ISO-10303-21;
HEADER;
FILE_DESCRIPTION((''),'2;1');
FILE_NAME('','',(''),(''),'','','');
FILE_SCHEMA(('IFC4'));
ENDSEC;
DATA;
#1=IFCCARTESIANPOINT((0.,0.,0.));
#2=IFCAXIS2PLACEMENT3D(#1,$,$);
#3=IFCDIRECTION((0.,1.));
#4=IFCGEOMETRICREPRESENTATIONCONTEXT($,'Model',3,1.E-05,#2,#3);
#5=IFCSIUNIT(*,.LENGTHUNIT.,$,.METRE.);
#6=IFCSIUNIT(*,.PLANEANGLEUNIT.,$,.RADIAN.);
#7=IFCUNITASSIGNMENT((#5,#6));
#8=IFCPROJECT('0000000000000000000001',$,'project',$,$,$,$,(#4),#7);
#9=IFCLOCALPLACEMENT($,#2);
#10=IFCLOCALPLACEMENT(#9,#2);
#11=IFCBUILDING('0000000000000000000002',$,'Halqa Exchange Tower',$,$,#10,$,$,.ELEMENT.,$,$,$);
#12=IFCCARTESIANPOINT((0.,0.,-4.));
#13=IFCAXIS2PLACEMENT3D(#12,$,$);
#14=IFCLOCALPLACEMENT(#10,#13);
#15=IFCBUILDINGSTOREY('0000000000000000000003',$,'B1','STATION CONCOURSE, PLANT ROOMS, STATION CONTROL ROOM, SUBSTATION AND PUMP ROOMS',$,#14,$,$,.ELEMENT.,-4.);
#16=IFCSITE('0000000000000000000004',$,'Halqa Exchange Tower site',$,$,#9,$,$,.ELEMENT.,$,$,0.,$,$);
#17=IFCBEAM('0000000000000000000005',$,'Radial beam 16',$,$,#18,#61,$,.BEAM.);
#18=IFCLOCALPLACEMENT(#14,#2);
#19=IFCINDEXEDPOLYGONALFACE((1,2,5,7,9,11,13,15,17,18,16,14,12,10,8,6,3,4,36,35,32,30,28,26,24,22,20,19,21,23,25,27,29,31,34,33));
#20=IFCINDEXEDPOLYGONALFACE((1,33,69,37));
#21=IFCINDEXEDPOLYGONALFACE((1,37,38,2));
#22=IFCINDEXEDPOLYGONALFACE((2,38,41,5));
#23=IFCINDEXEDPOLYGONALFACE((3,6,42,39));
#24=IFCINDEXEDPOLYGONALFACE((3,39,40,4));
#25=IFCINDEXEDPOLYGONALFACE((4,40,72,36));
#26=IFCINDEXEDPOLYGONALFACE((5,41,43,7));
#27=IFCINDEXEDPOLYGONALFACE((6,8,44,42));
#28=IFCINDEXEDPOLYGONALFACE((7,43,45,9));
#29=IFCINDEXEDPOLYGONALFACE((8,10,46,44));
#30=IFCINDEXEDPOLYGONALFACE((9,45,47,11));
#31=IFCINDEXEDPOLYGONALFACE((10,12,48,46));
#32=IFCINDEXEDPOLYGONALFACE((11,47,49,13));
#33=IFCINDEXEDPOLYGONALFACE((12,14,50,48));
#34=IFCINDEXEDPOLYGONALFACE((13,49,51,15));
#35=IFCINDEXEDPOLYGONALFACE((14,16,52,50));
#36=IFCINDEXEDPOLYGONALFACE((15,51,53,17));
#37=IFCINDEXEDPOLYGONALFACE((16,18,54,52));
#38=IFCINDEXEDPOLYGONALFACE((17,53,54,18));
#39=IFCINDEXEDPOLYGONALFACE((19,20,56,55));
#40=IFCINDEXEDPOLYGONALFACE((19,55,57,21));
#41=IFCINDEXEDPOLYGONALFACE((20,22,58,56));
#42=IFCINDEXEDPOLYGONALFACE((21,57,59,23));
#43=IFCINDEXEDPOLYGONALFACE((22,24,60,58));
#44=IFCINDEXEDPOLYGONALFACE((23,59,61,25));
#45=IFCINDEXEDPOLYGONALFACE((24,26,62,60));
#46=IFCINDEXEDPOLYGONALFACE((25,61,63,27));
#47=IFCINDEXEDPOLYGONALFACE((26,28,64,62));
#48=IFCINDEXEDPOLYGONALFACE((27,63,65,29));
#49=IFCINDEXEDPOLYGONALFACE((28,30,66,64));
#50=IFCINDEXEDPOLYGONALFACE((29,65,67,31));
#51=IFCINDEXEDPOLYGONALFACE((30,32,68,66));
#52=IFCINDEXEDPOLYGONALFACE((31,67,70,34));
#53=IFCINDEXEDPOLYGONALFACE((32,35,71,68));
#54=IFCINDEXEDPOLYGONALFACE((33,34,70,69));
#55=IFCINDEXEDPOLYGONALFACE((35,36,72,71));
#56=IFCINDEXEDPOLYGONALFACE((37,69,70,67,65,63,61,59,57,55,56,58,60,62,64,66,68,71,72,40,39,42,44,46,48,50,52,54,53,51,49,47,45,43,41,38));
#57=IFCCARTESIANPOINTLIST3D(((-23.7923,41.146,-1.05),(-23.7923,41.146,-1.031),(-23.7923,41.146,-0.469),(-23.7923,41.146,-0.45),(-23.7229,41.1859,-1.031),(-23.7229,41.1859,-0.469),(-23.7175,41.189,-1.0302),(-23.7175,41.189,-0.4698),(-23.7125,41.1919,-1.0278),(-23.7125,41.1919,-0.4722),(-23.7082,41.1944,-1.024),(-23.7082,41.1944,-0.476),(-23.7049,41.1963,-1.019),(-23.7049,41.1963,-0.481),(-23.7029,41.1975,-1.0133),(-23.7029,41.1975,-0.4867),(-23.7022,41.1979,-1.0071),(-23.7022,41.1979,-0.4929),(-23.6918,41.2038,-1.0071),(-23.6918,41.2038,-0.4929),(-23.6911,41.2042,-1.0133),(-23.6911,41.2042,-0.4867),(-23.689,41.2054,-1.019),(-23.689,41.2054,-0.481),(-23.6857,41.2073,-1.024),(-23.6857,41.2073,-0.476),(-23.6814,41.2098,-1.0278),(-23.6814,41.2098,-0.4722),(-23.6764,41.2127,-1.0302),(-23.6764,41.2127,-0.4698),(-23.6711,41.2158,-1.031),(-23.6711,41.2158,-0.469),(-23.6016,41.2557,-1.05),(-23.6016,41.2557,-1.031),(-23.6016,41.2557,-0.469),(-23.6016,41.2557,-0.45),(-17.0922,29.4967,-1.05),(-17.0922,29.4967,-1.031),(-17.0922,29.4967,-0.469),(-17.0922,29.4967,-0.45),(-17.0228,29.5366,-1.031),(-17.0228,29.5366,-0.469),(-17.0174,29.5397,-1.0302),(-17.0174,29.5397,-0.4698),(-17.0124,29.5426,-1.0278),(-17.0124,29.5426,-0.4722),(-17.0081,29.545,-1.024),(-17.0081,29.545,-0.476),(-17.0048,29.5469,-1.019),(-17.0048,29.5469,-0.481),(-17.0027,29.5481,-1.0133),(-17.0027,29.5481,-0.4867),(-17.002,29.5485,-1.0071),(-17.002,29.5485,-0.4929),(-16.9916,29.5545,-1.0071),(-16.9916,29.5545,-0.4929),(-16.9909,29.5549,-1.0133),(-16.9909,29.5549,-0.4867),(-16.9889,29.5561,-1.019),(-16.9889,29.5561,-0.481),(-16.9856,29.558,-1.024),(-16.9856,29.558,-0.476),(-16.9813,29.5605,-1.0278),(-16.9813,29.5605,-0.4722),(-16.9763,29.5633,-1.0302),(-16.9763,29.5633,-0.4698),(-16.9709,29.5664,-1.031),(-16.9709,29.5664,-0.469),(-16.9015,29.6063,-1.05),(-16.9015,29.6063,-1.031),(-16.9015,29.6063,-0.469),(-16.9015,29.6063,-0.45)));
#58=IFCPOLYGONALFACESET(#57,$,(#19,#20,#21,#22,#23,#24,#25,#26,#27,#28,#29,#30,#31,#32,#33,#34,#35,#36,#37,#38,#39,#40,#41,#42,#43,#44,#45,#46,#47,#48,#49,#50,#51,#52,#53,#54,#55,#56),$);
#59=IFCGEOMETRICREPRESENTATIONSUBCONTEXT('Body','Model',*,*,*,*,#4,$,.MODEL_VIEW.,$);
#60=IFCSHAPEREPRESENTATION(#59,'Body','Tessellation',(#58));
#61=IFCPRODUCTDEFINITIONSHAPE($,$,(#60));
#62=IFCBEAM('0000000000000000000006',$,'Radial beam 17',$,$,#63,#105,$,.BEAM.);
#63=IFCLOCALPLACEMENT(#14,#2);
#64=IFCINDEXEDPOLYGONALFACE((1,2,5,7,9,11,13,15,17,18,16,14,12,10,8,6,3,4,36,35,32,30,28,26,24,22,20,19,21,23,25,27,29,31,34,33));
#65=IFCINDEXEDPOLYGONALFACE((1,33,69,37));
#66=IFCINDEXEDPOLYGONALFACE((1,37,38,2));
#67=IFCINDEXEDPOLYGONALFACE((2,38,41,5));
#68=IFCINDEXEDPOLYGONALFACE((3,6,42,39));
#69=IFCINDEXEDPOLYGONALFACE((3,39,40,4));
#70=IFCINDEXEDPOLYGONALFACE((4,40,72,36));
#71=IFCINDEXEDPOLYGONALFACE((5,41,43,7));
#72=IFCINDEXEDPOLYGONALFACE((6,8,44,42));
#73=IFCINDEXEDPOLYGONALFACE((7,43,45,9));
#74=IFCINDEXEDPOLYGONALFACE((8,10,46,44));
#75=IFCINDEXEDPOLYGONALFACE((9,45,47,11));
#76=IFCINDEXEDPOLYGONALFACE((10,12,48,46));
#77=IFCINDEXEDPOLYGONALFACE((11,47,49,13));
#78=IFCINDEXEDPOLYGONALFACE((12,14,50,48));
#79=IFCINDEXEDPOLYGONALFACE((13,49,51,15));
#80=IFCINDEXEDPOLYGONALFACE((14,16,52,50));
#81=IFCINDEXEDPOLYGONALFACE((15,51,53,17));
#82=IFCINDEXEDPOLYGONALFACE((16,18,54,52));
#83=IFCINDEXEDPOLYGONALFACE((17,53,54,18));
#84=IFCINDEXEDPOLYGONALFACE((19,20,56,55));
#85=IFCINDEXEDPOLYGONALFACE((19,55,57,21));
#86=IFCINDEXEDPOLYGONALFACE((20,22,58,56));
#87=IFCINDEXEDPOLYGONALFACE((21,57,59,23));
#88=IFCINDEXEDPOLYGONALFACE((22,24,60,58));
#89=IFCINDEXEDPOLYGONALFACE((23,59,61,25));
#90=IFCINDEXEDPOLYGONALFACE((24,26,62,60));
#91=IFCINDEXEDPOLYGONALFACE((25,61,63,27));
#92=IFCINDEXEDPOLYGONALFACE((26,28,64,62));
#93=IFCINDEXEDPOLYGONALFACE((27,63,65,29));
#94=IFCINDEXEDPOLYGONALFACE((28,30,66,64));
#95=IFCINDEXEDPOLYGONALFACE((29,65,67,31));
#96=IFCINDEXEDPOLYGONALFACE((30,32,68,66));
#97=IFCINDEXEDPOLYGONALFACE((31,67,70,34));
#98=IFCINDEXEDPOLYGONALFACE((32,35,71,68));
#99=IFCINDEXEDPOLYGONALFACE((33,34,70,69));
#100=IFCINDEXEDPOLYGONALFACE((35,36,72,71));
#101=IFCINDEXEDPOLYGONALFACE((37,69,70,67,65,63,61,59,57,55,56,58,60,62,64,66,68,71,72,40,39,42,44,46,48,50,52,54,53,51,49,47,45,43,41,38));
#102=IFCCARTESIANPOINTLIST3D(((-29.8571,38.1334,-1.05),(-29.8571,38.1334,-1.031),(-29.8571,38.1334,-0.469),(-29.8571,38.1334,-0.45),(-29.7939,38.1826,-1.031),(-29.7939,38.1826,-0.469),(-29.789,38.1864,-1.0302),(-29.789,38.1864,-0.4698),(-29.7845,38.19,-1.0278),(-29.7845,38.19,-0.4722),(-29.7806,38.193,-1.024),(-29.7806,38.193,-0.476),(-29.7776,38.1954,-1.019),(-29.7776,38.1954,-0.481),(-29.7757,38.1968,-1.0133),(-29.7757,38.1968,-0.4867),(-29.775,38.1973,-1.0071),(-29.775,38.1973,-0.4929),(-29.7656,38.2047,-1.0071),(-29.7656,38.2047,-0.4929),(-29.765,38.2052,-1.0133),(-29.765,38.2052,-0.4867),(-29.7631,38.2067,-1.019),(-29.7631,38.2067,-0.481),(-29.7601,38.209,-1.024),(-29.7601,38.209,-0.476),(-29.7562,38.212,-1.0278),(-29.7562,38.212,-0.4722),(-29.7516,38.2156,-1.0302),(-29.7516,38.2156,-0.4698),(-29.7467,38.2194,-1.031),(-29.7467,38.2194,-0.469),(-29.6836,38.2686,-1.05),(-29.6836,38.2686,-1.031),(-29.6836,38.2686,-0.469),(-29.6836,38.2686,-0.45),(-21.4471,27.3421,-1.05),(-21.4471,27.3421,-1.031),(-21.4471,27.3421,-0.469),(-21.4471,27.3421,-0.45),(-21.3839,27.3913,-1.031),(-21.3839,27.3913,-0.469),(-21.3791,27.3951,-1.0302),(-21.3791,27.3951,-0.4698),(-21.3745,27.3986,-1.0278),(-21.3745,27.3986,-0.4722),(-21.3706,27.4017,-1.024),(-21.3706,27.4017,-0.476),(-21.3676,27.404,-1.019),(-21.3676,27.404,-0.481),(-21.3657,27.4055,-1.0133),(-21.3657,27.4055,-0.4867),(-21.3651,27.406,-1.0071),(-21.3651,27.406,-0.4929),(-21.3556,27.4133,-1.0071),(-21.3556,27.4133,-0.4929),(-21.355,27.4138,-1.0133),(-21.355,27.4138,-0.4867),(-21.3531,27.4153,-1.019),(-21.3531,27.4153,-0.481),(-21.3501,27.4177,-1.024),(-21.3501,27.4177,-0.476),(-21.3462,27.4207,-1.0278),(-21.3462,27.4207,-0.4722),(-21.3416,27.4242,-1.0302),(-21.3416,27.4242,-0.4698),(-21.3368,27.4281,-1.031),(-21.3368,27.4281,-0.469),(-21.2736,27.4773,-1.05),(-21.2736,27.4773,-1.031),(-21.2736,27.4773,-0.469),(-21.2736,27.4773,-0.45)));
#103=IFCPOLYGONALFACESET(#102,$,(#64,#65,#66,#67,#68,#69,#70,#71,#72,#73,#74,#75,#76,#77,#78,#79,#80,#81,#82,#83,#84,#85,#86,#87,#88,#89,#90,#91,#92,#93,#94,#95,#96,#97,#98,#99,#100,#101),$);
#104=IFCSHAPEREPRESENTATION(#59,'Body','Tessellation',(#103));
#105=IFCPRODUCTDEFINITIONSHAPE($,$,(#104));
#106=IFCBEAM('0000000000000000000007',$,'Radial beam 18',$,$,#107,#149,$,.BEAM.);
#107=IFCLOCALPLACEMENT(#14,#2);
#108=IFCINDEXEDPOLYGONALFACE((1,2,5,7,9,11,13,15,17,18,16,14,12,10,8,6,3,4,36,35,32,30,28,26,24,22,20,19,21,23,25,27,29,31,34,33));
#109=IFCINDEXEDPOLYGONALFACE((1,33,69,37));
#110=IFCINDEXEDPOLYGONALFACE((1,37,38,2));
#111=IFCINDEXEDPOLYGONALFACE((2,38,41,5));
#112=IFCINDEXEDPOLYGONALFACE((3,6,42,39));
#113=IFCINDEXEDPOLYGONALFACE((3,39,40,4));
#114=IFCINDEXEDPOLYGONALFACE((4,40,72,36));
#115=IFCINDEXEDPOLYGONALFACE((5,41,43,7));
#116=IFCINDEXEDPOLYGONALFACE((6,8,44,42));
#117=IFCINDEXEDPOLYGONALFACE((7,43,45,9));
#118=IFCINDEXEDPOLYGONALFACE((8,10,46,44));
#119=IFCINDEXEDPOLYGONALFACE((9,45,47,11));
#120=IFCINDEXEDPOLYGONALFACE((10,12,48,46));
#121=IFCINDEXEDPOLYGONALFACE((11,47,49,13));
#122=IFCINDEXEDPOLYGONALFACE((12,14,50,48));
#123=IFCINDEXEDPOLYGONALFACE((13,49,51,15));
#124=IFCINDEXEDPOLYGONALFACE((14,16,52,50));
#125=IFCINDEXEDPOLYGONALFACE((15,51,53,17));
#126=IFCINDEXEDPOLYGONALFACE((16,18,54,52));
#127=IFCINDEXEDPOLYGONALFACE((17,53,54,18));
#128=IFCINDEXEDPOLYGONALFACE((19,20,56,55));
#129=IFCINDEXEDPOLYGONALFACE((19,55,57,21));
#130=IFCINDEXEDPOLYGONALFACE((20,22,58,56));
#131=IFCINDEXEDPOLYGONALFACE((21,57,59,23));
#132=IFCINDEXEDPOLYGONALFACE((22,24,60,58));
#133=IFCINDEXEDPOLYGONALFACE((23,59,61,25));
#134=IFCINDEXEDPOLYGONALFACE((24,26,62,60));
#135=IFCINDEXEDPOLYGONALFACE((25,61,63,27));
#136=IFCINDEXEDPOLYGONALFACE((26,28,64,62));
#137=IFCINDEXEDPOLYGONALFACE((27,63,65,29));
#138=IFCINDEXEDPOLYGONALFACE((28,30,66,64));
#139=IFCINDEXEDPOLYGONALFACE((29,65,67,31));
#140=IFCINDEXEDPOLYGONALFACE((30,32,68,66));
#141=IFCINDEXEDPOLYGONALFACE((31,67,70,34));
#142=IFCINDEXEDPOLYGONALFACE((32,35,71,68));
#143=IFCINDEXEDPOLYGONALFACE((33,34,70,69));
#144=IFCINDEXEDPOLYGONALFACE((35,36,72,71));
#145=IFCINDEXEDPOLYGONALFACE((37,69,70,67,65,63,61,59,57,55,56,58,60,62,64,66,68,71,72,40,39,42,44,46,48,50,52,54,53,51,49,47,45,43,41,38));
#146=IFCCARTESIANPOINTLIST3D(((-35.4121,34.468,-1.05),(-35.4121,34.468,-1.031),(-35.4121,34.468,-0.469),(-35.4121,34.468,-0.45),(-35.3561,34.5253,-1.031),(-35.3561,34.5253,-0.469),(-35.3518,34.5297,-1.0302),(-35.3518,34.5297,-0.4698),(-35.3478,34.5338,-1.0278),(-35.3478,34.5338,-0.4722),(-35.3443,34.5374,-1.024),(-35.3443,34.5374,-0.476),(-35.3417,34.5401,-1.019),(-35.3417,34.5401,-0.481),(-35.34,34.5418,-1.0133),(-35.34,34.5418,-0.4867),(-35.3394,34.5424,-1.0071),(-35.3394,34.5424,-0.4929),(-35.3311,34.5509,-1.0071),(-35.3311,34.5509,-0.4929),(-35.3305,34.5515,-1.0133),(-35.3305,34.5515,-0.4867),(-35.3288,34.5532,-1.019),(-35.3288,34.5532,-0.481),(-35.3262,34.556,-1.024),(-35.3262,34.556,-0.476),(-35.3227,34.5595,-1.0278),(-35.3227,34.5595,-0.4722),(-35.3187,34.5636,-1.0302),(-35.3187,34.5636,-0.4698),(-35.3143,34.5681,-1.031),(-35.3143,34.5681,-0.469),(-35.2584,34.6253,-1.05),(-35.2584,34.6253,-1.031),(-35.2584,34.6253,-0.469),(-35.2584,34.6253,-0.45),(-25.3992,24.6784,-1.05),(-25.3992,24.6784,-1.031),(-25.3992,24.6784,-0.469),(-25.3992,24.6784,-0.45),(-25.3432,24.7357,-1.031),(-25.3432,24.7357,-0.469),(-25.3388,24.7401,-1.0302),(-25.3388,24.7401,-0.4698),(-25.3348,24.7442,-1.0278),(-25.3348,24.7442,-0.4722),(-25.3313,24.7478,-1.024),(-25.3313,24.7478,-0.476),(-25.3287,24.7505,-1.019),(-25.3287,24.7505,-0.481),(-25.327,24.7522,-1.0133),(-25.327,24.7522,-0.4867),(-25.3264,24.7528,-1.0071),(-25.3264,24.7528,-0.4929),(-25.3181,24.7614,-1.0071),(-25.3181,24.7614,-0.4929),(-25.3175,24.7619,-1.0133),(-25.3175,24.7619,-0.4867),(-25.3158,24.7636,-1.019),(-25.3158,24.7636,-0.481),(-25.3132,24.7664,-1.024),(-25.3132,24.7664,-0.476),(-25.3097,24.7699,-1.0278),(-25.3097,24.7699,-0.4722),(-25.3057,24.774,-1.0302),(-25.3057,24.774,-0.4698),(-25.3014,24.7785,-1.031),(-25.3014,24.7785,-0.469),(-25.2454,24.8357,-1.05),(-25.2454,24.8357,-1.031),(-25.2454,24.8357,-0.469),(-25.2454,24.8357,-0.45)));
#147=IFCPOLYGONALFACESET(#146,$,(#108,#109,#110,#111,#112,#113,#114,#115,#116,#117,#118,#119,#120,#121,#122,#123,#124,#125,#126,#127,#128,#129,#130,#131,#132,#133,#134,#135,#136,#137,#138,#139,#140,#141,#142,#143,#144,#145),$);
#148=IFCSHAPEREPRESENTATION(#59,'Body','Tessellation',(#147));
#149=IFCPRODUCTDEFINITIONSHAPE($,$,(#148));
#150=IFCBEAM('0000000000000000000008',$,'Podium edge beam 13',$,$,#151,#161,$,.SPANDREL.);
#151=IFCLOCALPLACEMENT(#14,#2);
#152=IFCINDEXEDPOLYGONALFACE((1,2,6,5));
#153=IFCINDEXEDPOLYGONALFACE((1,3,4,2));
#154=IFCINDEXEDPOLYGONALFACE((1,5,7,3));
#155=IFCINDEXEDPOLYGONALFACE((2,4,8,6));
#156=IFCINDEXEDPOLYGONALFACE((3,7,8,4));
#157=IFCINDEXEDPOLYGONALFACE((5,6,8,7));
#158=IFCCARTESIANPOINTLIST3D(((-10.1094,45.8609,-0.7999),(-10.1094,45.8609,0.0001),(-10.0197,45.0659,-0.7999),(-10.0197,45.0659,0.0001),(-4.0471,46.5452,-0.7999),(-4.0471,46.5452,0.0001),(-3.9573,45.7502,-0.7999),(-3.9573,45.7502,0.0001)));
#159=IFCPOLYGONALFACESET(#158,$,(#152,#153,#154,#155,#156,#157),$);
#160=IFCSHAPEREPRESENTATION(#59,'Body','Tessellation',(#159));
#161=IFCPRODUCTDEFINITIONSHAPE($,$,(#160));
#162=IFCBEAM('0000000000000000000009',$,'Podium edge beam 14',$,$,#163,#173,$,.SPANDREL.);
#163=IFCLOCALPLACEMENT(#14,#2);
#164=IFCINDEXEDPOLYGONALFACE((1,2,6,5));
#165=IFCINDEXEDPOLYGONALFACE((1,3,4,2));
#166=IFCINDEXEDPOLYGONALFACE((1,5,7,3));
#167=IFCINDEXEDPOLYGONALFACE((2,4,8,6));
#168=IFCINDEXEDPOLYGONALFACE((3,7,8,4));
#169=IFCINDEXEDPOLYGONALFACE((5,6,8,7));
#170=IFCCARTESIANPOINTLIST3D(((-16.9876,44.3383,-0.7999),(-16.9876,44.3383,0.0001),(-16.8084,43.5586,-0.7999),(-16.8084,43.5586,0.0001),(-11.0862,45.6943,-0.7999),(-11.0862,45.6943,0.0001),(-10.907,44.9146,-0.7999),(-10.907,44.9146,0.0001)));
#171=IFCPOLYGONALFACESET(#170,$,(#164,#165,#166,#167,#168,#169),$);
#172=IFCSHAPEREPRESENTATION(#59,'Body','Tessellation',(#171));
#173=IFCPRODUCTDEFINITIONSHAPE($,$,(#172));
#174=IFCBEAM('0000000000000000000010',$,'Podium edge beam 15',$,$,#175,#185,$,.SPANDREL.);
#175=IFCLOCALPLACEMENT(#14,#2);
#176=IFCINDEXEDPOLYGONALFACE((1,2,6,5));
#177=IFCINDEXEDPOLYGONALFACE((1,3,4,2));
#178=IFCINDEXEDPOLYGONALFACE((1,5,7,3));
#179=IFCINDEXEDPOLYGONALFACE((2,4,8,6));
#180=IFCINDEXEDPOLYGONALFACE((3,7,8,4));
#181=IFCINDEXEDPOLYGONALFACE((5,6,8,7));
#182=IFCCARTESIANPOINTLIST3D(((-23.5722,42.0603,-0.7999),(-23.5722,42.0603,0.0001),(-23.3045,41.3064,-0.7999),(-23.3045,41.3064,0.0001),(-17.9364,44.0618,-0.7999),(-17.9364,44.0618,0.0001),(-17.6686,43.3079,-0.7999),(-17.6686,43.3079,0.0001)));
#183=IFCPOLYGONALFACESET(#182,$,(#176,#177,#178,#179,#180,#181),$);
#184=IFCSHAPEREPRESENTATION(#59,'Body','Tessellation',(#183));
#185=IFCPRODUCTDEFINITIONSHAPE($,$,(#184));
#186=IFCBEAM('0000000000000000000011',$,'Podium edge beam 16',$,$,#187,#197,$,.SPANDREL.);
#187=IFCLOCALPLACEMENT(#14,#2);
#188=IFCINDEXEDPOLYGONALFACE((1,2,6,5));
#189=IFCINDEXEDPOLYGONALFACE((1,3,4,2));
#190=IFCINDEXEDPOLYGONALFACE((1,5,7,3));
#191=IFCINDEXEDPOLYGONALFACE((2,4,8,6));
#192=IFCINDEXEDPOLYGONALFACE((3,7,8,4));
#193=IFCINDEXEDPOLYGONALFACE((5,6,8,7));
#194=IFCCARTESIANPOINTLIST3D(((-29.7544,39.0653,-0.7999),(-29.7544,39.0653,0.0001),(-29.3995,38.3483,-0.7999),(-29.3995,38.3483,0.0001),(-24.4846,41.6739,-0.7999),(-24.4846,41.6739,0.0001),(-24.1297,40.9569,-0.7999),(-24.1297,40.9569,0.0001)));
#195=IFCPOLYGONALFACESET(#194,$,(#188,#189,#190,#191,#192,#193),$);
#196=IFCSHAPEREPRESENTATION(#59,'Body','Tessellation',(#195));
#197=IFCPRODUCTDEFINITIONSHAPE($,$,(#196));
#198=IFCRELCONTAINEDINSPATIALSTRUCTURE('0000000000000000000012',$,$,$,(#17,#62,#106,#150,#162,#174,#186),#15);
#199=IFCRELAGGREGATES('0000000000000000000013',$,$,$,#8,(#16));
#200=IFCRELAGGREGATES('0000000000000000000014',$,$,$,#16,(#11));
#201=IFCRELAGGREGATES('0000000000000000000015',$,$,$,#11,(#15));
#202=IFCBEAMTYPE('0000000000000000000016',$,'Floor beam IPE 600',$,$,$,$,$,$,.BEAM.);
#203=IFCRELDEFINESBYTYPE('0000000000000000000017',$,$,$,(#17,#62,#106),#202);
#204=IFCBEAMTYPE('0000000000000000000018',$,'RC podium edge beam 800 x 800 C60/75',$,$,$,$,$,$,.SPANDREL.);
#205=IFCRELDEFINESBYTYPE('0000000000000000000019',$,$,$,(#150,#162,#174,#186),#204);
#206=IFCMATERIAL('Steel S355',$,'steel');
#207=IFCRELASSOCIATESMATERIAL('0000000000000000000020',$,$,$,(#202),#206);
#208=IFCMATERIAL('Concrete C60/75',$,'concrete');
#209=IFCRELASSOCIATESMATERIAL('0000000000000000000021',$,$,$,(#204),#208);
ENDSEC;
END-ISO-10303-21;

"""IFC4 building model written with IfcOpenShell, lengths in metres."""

from ifc_helpers import new_model, si_unit, direction, frame, origin, origin_2d, place, context, subcontext, project, spatial, rectangle, i_section, extrude, material, material_profile, profile_set, type_object, element, save


model = new_model("IFC4")

# Units and contexts
model_context = context("Model", 3, precision=1e-05, world=origin(), true_north=direction((0.0, 1.0)))
body_context = subcontext(model_context, "Body", "Model", "MODEL_VIEW")
ifc_project = project(units=[si_unit("LENGTHUNIT", "METRE"), si_unit("PLANEANGLEUNIT", "RADIAN")], contexts=[model_context])

# Site, building, storey
site_placement = place(None, origin())
site = spatial("IfcSite", under=ifc_project, at=site_placement, Name="Halqa Exchange Tower site", CompositionType="ELEMENT", RefElevation=0.0)
building_placement = place(site_placement, origin())
building = spatial("IfcBuilding", under=site, at=building_placement, Name="Halqa Exchange Tower", CompositionType="ELEMENT")
storey_placement = place(building_placement, frame((0.0, 0.0, -4.0)))
storey = spatial("IfcBuildingStorey", under=building, at=storey_placement, Name="B1", Description="STATION CONCOURSE, PLANT ROOMS, STATION CONTROL ROOM, SUBSTATION AND PUMP ROOMS", CompositionType="ELEMENT", Elevation=-4.0)

# Shared definitions
ifc_material_1 = material(Name="Concrete C60/75", Category="concrete")

# Beams
ifc_material_2 = material(Name="Steel S355", Category="steel")
ifc_material_profile_1 = material_profile(ifc_material_2, i_section(OverallWidth=0.22, OverallDepth=0.6001, WebThickness=0.012, FlangeThickness=0.019, FilletRadius=0.0239, at=origin_2d()), Name="IPE 600")
ifc_profile_set_1 = profile_set([ifc_material_profile_1], Name="Steel S355")
beam_type_1 = type_object("IfcBeamType", Name="Floor beam IPE 600", PredefinedType="BEAM", material=ifc_profile_set_1)
beam_1_placement = place(storey_placement, frame((-16.9968, 29.5515, -0.75), z_axis=(-0.498571, 0.866849, 0.0), x_axis=(-0.866849, -0.498571, 0.0)))
element("IfcBeam", 1, at=beam_1_placement, inside=storey, type_object=beam_type_1, Name="Radial beam 16", PredefinedType="BEAM", context=body_context, shape_type="SweptSolid", body=[
    extrude(i_section(OverallWidth=0.22, OverallDepth=0.6001, WebThickness=0.012, FlangeThickness=0.019, FilletRadius=0.0239, at=origin_2d()), origin(), (0.0, 0.0, 1.0), 13.4387),
])
beam_2_placement = place(storey_placement, frame((-21.3604, 27.4097, -0.75), z_axis=(-0.614701, 0.78876, 0.0), x_axis=(-0.78876, -0.614701, 0.0)))
element("IfcBeam", 2, at=beam_2_placement, inside=storey, type_object=beam_type_1, Name="Radial beam 17", PredefinedType="BEAM", context=body_context, shape_type="SweptSolid", body=[
    extrude(i_section(OverallWidth=0.22, OverallDepth=0.6001, WebThickness=0.012, FlangeThickness=0.019, FilletRadius=0.0239, at=origin_2d()), origin(), (0.0, 0.0, 1.0), 13.6814),
])
beam_3_placement = place(storey_placement, frame((-25.3223, 24.7571, -0.75), z_axis=(-0.715038, 0.699086, 0.0), x_axis=(-0.699086, -0.715038, 0.0)))
element("IfcBeam", 3, at=beam_3_placement, inside=storey, type_object=beam_type_1, Name="Radial beam 18", PredefinedType="BEAM", context=body_context, shape_type="SweptSolid", body=[
    extrude(i_section(OverallWidth=0.22, OverallDepth=0.6001, WebThickness=0.012, FlangeThickness=0.019, FilletRadius=0.0239, at=origin_2d()), origin(), (0.0, 0.0, 1.0), 14.0034),
])
ifc_material_profile_2 = material_profile(ifc_material_1, rectangle(XDim=0.8, YDim=0.8, at=origin_2d()), Name="800 x 800")
ifc_profile_set_2 = profile_set([ifc_material_profile_2], Name="Concrete C60/75")
beam_type_2 = type_object("IfcBeamType", Name="RC podium edge beam 800 x 800 C60/75", PredefinedType="SPANDREL", material=ifc_profile_set_2)
beam_4_placement = place(storey_placement, frame((-4.0022, 46.1477, -0.3999), z_axis=(-0.993689, -0.112171, 0.0), x_axis=(0.112171, -0.993689, 0.0)))
element("IfcBeam", 4, at=beam_4_placement, inside=storey, type_object=beam_type_2, Name="Podium edge beam 13", PredefinedType="SPANDREL", context=body_context, shape_type="SweptSolid", body=[
    extrude(rectangle(XDim=0.8, YDim=0.8, at=origin_2d()), origin(), (0.0, 0.0, 1.0), 6.1008),
])
beam_5_placement = place(storey_placement, frame((-10.9966, 45.3044, -0.3999), z_axis=(-0.974604, -0.223935, 0.0), x_axis=(0.223935, -0.974604, 0.0)))
element("IfcBeam", 5, at=beam_5_placement, inside=storey, type_object=beam_type_2, Name="Podium edge beam 14", PredefinedType="SPANDREL", context=body_context, shape_type="SweptSolid", body=[
    extrude(rectangle(XDim=0.8, YDim=0.8, at=origin_2d()), origin(), (0.0, 0.0, 1.0), 6.0552),
])
beam_6_placement = place(storey_placement, frame((-17.8025, 43.6848, -0.3999), z_axis=(-0.942343, -0.334647, 0.0), x_axis=(0.334647, -0.942343, 0.0)))
element("IfcBeam", 6, at=beam_6_placement, inside=storey, type_object=beam_type_2, Name="Podium edge beam 15", PredefinedType="SPANDREL", context=body_context, shape_type="SweptSolid", body=[
    extrude(rectangle(XDim=0.8, YDim=0.8, at=origin_2d()), origin(), (0.0, 0.0, 1.0), 5.9807),
])
beam_7_placement = place(storey_placement, frame((-24.3071, 41.3154, -0.3999), z_axis=(-0.896205, -0.443639, 0.0), x_axis=(0.443639, -0.896205, 0.0)))
element("IfcBeam", 7, at=beam_7_placement, inside=storey, type_object=beam_type_2, Name="Podium edge beam 16", PredefinedType="SPANDREL", context=body_context, shape_type="SweptSolid", body=[
    extrude(rectangle(XDim=0.8, YDim=0.8, at=origin_2d()), origin(), (0.0, 0.0, 1.0), 5.8801),
])

save(model, "model.ifc")
